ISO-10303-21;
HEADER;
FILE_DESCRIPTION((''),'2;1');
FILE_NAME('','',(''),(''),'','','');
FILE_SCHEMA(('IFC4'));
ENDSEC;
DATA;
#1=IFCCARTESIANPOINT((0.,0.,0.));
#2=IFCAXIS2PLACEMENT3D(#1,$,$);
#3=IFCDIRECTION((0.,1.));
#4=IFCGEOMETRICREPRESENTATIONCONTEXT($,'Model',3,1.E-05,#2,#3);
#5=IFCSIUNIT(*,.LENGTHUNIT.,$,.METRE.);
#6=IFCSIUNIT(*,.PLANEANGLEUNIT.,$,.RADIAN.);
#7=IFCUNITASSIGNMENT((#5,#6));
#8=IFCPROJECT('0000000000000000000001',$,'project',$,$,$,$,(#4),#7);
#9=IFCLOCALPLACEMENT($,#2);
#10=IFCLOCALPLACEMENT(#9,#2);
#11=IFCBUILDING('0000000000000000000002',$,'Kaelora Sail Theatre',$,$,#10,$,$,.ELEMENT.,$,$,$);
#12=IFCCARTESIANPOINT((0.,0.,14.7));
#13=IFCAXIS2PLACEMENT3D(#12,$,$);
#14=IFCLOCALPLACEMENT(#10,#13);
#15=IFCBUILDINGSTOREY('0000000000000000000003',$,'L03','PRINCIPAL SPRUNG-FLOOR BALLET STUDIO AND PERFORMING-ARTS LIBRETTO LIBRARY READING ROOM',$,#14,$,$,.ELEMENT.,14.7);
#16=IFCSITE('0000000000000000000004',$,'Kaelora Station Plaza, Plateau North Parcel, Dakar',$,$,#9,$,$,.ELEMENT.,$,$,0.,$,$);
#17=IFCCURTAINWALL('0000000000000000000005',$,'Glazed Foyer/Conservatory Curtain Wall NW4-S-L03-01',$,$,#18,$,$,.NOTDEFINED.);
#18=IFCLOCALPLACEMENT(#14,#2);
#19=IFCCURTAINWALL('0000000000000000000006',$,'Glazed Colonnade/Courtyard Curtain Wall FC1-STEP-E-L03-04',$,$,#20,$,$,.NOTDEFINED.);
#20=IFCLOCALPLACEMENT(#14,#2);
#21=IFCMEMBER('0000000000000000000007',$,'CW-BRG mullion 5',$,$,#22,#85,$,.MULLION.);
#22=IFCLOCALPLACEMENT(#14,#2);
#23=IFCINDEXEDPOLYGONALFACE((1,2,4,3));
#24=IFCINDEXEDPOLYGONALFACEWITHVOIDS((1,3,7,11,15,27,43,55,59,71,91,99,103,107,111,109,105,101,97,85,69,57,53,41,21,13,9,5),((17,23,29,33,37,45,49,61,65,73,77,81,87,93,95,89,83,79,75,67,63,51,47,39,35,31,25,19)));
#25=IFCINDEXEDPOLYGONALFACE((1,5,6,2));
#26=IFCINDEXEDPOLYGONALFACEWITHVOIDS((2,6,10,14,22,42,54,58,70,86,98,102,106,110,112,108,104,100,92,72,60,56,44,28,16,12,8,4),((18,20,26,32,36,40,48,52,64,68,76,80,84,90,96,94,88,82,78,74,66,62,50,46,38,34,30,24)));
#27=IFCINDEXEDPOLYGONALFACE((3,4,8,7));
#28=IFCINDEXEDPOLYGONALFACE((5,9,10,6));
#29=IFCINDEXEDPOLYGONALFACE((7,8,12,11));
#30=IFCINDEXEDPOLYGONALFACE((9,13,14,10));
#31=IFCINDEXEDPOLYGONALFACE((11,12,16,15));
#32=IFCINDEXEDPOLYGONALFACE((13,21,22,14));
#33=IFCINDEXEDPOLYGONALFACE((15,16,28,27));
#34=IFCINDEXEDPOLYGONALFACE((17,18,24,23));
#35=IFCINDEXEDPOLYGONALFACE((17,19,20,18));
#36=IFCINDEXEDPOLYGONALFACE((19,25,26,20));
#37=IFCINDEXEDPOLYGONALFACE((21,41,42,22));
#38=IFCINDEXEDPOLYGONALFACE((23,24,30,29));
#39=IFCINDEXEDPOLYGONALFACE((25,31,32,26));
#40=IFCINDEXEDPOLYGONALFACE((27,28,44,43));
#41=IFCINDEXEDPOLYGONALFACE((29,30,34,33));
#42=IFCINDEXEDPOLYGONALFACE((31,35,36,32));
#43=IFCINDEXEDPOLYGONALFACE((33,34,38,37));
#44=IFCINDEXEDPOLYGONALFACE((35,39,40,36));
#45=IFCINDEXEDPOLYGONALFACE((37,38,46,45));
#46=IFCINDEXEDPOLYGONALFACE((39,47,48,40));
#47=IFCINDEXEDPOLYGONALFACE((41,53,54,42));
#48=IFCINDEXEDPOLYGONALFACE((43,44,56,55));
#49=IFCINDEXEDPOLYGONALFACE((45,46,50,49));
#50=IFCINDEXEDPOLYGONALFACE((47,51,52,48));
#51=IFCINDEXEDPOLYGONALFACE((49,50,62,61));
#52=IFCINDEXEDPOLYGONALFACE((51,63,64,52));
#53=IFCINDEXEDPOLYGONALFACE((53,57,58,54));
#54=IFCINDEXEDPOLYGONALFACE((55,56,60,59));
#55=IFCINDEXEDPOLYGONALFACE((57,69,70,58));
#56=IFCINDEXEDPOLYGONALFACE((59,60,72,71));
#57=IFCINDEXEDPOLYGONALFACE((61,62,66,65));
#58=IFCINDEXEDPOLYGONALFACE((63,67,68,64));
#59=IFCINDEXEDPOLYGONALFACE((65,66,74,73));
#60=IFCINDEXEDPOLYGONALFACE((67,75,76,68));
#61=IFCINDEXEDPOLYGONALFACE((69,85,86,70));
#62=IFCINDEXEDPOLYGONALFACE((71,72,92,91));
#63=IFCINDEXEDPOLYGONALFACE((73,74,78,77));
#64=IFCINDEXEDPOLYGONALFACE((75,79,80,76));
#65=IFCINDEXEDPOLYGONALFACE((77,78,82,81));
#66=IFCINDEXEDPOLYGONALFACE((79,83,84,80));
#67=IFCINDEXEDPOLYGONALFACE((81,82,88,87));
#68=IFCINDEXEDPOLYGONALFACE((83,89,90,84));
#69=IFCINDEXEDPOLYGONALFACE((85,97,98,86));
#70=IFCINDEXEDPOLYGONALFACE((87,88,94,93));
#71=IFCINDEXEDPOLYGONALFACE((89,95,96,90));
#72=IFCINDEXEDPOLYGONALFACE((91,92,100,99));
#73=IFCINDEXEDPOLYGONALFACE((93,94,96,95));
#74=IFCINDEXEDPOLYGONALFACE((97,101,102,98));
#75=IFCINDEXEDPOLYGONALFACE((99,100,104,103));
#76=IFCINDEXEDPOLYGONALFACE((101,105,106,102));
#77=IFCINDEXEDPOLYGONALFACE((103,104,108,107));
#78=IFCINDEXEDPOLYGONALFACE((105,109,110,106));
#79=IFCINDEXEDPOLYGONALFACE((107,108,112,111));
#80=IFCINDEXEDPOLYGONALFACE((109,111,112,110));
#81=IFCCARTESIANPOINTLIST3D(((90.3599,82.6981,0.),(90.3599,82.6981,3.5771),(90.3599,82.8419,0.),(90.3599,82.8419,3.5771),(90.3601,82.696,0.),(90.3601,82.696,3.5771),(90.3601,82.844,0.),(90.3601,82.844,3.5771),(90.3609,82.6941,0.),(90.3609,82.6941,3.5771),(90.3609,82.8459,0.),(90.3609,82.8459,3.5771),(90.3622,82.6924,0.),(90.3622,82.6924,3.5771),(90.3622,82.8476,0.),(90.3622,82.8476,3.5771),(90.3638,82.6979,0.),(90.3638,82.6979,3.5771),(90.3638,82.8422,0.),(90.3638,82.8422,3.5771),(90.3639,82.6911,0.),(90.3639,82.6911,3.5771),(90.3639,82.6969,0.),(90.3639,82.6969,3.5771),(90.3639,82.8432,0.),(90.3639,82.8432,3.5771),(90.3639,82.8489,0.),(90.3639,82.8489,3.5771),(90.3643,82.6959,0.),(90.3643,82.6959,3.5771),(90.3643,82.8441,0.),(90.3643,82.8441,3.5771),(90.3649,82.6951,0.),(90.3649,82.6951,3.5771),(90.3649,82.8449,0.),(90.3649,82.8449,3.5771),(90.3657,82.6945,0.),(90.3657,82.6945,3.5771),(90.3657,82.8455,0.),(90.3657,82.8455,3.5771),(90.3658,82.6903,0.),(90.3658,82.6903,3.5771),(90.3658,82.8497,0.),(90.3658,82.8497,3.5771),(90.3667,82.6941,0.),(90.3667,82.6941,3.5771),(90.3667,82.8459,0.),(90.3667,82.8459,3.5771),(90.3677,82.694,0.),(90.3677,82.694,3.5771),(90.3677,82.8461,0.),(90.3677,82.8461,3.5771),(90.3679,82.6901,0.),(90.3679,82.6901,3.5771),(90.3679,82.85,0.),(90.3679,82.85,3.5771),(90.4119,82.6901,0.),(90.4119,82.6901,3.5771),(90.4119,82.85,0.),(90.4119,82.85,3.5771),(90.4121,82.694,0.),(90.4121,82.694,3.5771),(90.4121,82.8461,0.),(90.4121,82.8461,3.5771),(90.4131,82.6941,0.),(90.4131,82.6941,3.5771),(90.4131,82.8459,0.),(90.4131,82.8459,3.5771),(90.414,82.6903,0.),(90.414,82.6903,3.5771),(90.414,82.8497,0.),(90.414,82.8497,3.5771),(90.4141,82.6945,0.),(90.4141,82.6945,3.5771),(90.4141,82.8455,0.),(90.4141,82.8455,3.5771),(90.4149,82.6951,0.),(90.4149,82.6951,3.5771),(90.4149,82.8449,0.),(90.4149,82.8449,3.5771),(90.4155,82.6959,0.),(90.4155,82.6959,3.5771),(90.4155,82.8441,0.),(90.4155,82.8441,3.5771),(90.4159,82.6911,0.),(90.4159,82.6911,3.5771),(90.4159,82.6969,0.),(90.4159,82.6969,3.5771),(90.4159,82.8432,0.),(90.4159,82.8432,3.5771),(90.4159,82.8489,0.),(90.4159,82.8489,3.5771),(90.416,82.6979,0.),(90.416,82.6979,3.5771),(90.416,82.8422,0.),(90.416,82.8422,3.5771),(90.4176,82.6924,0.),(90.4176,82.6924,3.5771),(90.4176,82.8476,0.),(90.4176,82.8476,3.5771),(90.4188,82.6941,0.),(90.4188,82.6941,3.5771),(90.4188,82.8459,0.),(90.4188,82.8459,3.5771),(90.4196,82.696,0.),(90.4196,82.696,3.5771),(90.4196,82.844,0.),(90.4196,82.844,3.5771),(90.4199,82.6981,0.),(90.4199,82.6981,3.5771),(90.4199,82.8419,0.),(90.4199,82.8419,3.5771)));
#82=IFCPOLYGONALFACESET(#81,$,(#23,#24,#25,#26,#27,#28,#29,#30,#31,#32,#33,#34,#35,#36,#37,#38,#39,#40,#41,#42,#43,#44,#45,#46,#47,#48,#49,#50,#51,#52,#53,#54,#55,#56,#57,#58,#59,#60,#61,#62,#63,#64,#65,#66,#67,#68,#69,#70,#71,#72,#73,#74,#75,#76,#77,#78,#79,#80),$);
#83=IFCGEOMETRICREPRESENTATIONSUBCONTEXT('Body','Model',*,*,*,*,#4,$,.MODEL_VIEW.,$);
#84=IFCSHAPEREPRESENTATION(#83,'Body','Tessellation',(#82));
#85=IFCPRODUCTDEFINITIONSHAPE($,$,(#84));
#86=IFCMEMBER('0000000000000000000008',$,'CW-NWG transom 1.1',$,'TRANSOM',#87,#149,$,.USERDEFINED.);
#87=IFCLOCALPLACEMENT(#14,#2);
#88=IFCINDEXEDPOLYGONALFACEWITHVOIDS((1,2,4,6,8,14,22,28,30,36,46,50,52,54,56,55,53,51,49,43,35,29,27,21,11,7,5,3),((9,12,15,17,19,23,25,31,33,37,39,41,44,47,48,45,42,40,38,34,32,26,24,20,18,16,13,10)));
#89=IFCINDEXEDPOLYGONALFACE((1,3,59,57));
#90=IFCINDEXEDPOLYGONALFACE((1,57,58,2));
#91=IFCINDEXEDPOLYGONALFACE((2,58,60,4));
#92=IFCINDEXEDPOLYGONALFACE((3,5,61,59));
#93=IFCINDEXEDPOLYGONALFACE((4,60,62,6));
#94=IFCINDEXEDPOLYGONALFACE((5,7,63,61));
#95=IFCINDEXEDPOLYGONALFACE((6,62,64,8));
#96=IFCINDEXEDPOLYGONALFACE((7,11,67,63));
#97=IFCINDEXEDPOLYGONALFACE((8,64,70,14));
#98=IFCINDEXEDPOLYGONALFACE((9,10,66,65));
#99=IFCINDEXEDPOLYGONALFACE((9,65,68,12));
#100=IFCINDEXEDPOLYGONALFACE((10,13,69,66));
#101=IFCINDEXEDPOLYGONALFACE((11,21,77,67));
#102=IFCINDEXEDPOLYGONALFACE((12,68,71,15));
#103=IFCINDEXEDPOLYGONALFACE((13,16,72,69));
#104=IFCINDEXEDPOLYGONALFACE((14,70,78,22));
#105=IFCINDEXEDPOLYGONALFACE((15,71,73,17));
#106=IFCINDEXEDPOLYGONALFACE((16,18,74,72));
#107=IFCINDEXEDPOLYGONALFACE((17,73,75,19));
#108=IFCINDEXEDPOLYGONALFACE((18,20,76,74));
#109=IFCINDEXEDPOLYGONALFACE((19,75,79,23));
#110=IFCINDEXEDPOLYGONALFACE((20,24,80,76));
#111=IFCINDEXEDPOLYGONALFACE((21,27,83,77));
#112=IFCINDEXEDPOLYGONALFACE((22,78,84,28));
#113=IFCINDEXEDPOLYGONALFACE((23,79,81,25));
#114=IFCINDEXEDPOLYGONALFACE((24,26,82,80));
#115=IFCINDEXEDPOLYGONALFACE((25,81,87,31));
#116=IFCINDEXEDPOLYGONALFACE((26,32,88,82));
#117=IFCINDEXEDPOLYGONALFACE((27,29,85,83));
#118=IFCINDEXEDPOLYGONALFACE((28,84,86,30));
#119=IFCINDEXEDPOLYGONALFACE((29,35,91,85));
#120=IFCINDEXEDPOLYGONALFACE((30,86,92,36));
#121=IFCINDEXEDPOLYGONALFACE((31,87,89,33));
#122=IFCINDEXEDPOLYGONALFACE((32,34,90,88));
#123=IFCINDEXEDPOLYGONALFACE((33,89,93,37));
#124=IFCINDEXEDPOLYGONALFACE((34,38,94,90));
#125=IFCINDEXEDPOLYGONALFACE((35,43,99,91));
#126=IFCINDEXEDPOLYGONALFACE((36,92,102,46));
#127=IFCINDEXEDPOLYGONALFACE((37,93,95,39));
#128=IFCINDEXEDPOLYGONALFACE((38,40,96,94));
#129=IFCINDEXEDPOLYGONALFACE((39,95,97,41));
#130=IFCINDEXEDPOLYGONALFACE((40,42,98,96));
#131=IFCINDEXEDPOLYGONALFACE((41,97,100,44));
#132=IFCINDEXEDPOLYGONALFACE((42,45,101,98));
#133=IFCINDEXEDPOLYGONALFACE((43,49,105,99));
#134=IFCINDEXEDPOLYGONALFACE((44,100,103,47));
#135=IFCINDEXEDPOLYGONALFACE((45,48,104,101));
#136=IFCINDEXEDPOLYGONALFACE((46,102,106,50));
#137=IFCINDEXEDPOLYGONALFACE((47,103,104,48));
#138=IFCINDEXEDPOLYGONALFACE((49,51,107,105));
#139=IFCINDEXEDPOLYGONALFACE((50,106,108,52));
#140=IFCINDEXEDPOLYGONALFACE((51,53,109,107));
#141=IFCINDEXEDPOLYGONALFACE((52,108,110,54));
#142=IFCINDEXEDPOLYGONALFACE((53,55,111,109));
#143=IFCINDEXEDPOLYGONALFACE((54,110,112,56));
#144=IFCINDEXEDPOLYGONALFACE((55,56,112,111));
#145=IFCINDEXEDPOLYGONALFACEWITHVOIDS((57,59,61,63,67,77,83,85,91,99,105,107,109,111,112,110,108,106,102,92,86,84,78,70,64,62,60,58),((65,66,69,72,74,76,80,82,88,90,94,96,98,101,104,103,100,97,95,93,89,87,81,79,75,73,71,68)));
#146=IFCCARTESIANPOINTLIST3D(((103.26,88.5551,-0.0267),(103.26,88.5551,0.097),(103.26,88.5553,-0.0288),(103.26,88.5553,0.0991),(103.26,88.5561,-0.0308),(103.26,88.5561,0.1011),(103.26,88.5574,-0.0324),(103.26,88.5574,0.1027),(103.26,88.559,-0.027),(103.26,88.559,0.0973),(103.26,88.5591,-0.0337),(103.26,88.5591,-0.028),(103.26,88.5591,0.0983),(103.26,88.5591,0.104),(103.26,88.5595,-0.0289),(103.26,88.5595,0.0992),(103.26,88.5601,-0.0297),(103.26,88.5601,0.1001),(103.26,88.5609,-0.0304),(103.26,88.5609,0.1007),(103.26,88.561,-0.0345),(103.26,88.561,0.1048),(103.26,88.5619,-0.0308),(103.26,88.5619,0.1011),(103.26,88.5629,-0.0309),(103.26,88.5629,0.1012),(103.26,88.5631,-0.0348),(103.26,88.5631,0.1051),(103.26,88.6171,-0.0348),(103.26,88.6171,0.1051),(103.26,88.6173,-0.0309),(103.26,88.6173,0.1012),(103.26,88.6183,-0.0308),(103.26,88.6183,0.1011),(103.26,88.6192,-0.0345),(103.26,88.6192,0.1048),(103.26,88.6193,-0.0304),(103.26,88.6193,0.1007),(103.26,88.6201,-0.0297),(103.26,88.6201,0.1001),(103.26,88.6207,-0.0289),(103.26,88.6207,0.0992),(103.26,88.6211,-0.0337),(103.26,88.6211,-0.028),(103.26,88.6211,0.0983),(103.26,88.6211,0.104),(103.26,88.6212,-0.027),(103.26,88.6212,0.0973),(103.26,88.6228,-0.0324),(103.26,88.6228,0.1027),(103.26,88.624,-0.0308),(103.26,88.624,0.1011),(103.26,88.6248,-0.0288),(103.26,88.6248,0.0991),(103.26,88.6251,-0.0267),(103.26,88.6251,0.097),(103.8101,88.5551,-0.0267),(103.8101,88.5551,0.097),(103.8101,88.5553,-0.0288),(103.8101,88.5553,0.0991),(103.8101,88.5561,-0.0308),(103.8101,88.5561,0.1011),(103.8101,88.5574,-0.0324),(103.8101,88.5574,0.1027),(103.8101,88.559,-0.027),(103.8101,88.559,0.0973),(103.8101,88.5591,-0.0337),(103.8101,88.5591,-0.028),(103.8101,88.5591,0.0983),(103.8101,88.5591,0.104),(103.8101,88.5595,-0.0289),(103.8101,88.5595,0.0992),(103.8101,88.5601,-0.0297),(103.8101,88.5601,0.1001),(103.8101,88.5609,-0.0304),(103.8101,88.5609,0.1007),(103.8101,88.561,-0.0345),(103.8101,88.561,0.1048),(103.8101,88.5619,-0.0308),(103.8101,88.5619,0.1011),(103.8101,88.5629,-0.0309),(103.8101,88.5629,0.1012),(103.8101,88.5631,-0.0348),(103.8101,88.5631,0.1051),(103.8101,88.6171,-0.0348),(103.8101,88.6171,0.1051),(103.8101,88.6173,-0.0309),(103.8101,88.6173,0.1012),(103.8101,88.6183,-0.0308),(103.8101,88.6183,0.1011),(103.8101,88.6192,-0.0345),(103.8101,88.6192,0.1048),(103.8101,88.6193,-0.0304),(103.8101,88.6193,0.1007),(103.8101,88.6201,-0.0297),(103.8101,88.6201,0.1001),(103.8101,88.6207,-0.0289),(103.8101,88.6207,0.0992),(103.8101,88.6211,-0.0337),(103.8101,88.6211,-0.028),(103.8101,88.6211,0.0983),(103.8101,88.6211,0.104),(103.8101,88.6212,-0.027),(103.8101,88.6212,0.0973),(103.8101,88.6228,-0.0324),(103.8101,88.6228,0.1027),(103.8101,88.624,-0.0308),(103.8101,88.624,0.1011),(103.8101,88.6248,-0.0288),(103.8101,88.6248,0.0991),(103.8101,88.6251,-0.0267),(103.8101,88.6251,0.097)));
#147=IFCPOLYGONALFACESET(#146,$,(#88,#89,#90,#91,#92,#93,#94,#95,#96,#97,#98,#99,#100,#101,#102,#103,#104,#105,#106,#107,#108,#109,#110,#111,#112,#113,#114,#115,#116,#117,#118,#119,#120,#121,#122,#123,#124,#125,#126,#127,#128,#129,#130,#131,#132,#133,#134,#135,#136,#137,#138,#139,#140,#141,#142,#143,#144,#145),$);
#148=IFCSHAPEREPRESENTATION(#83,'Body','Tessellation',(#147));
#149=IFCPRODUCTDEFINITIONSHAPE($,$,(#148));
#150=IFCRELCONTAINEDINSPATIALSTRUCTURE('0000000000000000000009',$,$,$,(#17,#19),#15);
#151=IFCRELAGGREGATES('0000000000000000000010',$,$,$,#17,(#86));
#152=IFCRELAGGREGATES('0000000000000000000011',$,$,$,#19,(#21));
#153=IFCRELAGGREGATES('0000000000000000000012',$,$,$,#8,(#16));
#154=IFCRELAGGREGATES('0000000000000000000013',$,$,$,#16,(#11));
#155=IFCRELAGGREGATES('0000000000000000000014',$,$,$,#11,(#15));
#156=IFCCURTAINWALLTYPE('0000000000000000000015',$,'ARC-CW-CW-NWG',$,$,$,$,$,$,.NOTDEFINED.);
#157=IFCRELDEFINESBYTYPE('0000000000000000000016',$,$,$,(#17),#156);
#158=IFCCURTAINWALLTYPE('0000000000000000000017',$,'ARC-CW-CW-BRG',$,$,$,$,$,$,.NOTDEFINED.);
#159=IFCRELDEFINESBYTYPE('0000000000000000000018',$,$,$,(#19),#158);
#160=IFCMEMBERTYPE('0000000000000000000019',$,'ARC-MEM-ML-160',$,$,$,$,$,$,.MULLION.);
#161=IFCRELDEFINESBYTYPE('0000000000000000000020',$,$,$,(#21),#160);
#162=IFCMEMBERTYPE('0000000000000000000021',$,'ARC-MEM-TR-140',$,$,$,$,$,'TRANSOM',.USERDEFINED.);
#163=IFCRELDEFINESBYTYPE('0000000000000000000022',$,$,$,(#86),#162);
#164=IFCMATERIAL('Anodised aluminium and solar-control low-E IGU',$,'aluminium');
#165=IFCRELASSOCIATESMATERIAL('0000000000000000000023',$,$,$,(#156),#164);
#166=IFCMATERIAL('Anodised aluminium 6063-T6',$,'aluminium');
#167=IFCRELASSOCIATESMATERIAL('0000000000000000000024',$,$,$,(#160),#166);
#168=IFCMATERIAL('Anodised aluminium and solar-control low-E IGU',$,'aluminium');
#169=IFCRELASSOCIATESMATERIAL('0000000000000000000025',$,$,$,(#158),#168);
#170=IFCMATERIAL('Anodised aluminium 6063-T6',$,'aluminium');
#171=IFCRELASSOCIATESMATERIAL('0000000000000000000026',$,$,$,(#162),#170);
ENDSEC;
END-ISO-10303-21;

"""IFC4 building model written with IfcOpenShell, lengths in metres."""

from ifc_helpers import new_model, si_unit, direction, frame, origin, origin_2d, place, context, subcontext, project, spatial, hollow_rectangle, extrude, material, material_profile, profile_set, type_object, element, aggregate, save


model = new_model("IFC4")

# Units and contexts
model_context = context("Model", 3, precision=1e-05, world=origin(), true_north=direction((0.0, 1.0)))
body_context = subcontext(model_context, "Body", "Model", "MODEL_VIEW")
ifc_project = project(units=[si_unit("LENGTHUNIT", "METRE"), si_unit("PLANEANGLEUNIT", "RADIAN")], contexts=[model_context])

# Site, building, storey
site_placement = place(None, origin())
site = spatial("IfcSite", under=ifc_project, at=site_placement, Name="Kaelora Station Plaza, Plateau North Parcel, Dakar", CompositionType="ELEMENT", RefElevation=0.0)
building_placement = place(site_placement, origin())
building = spatial("IfcBuilding", under=site, at=building_placement, Name="Kaelora Sail Theatre", CompositionType="ELEMENT")
storey_placement = place(building_placement, frame((0.0, 0.0, 14.7)))
storey = spatial("IfcBuildingStorey", under=building, at=storey_placement, Name="L03", Description="PRINCIPAL SPRUNG-FLOOR BALLET STUDIO AND PERFORMING-ARTS LIBRETTO LIBRARY READING ROOM", CompositionType="ELEMENT", Elevation=14.7)

# Curtain wall
ifc_material_1 = material(Name="Anodised aluminium and solar-control low-E IGU", Category="aluminium")
curtain_wall_type_1 = type_object("IfcCurtainWallType", Name="ARC-CW-CW-NWG", PredefinedType="NOTDEFINED", material=ifc_material_1)
curtain_wall_1_placement = place(storey_placement, origin())
curtain_wall_1 = element("IfcCurtainWall", 1, at=curtain_wall_1_placement, inside=storey, type_object=curtain_wall_type_1, Name="Glazed Foyer/Conservatory Curtain Wall NW4-S-L03-01", PredefinedType="NOTDEFINED")
ifc_material_2 = material(Name="Anodised aluminium 6063-T6", Category="aluminium")
ifc_material_profile_1 = material_profile(ifc_material_2, hollow_rectangle(XDim=0.0601, YDim=0.1599, WallThickness=0.0039, InnerFilletRadius=0.0039, OuterFilletRadius=0.0081, at=origin_2d()), Name="ALU-MULL 60x160x4")
ifc_profile_set_1 = profile_set([ifc_material_profile_1], Name="Anodised aluminium 6063-T6")
member_type_1 = type_object("IfcMemberType", Name="ARC-MEM-ML-160", PredefinedType="MULLION", material=ifc_profile_set_1)

# Curtain wall, member
ifc_material_3 = material(Name="Anodised aluminium and solar-control low-E IGU", Category="aluminium")
curtain_wall_type_2 = type_object("IfcCurtainWallType", Name="ARC-CW-CW-BRG", PredefinedType="NOTDEFINED", material=ifc_material_3)
curtain_wall_2_placement = place(storey_placement, origin())
curtain_wall_2 = element("IfcCurtainWall", 2, at=curtain_wall_2_placement, inside=storey, type_object=curtain_wall_type_2, Name="Glazed Colonnade/Courtyard Curtain Wall FC1-STEP-E-L03-04", PredefinedType="NOTDEFINED")
member_1_placement = place(storey_placement, frame((90.3899, 82.77, 0.0), z_axis=(0.0, 0.0, 1.0), x_axis=(-1.0, 0.0, 0.0)))
member_1 = element("IfcMember", 3, at=member_1_placement, type_object=member_type_1, Name="CW-BRG mullion 5", PredefinedType="MULLION", context=body_context, shape_type="SweptSolid", body=[
    extrude(hollow_rectangle(XDim=0.0601, YDim=0.1599, WallThickness=0.0039, InnerFilletRadius=0.0039, OuterFilletRadius=0.0081, at=origin_2d()), origin(), (0.0, 0.0, 1.0), 3.5771),
])

# Member
ifc_material_4 = material(Name="Anodised aluminium 6063-T6", Category="aluminium")
ifc_material_profile_2 = material_profile(ifc_material_4, hollow_rectangle(XDim=0.0701, YDim=0.1399, WallThickness=0.0039, InnerFilletRadius=0.0039, OuterFilletRadius=0.0081, at=origin_2d()), Name="ALU-TRAN 70x140x4")
ifc_profile_set_2 = profile_set([ifc_material_profile_2], Name="Anodised aluminium 6063-T6")
member_type_2 = type_object("IfcMemberType", Name="ARC-MEM-TR-140", ElementType="TRANSOM", PredefinedType="USERDEFINED", material=ifc_profile_set_2)
member_2_placement = place(storey_placement, frame((103.26, 88.5901, 0.0352), z_axis=(1.0, 0.0, 0.0), x_axis=(0.0, 1.0, 0.0)))
member_2 = element("IfcMember", 4, at=member_2_placement, type_object=member_type_2, Name="CW-NWG transom 1.1", ObjectType="TRANSOM", PredefinedType="USERDEFINED", context=body_context, shape_type="SweptSolid", body=[
    extrude(hollow_rectangle(XDim=0.0701, YDim=0.1399, WallThickness=0.0039, InnerFilletRadius=0.0039, OuterFilletRadius=0.0081, at=origin_2d()), origin(), (0.0, 0.0, 1.0), 0.55),
])

aggregate(curtain_wall_1, [member_2])
aggregate(curtain_wall_2, [member_1])

save(model, "model.ifc")
